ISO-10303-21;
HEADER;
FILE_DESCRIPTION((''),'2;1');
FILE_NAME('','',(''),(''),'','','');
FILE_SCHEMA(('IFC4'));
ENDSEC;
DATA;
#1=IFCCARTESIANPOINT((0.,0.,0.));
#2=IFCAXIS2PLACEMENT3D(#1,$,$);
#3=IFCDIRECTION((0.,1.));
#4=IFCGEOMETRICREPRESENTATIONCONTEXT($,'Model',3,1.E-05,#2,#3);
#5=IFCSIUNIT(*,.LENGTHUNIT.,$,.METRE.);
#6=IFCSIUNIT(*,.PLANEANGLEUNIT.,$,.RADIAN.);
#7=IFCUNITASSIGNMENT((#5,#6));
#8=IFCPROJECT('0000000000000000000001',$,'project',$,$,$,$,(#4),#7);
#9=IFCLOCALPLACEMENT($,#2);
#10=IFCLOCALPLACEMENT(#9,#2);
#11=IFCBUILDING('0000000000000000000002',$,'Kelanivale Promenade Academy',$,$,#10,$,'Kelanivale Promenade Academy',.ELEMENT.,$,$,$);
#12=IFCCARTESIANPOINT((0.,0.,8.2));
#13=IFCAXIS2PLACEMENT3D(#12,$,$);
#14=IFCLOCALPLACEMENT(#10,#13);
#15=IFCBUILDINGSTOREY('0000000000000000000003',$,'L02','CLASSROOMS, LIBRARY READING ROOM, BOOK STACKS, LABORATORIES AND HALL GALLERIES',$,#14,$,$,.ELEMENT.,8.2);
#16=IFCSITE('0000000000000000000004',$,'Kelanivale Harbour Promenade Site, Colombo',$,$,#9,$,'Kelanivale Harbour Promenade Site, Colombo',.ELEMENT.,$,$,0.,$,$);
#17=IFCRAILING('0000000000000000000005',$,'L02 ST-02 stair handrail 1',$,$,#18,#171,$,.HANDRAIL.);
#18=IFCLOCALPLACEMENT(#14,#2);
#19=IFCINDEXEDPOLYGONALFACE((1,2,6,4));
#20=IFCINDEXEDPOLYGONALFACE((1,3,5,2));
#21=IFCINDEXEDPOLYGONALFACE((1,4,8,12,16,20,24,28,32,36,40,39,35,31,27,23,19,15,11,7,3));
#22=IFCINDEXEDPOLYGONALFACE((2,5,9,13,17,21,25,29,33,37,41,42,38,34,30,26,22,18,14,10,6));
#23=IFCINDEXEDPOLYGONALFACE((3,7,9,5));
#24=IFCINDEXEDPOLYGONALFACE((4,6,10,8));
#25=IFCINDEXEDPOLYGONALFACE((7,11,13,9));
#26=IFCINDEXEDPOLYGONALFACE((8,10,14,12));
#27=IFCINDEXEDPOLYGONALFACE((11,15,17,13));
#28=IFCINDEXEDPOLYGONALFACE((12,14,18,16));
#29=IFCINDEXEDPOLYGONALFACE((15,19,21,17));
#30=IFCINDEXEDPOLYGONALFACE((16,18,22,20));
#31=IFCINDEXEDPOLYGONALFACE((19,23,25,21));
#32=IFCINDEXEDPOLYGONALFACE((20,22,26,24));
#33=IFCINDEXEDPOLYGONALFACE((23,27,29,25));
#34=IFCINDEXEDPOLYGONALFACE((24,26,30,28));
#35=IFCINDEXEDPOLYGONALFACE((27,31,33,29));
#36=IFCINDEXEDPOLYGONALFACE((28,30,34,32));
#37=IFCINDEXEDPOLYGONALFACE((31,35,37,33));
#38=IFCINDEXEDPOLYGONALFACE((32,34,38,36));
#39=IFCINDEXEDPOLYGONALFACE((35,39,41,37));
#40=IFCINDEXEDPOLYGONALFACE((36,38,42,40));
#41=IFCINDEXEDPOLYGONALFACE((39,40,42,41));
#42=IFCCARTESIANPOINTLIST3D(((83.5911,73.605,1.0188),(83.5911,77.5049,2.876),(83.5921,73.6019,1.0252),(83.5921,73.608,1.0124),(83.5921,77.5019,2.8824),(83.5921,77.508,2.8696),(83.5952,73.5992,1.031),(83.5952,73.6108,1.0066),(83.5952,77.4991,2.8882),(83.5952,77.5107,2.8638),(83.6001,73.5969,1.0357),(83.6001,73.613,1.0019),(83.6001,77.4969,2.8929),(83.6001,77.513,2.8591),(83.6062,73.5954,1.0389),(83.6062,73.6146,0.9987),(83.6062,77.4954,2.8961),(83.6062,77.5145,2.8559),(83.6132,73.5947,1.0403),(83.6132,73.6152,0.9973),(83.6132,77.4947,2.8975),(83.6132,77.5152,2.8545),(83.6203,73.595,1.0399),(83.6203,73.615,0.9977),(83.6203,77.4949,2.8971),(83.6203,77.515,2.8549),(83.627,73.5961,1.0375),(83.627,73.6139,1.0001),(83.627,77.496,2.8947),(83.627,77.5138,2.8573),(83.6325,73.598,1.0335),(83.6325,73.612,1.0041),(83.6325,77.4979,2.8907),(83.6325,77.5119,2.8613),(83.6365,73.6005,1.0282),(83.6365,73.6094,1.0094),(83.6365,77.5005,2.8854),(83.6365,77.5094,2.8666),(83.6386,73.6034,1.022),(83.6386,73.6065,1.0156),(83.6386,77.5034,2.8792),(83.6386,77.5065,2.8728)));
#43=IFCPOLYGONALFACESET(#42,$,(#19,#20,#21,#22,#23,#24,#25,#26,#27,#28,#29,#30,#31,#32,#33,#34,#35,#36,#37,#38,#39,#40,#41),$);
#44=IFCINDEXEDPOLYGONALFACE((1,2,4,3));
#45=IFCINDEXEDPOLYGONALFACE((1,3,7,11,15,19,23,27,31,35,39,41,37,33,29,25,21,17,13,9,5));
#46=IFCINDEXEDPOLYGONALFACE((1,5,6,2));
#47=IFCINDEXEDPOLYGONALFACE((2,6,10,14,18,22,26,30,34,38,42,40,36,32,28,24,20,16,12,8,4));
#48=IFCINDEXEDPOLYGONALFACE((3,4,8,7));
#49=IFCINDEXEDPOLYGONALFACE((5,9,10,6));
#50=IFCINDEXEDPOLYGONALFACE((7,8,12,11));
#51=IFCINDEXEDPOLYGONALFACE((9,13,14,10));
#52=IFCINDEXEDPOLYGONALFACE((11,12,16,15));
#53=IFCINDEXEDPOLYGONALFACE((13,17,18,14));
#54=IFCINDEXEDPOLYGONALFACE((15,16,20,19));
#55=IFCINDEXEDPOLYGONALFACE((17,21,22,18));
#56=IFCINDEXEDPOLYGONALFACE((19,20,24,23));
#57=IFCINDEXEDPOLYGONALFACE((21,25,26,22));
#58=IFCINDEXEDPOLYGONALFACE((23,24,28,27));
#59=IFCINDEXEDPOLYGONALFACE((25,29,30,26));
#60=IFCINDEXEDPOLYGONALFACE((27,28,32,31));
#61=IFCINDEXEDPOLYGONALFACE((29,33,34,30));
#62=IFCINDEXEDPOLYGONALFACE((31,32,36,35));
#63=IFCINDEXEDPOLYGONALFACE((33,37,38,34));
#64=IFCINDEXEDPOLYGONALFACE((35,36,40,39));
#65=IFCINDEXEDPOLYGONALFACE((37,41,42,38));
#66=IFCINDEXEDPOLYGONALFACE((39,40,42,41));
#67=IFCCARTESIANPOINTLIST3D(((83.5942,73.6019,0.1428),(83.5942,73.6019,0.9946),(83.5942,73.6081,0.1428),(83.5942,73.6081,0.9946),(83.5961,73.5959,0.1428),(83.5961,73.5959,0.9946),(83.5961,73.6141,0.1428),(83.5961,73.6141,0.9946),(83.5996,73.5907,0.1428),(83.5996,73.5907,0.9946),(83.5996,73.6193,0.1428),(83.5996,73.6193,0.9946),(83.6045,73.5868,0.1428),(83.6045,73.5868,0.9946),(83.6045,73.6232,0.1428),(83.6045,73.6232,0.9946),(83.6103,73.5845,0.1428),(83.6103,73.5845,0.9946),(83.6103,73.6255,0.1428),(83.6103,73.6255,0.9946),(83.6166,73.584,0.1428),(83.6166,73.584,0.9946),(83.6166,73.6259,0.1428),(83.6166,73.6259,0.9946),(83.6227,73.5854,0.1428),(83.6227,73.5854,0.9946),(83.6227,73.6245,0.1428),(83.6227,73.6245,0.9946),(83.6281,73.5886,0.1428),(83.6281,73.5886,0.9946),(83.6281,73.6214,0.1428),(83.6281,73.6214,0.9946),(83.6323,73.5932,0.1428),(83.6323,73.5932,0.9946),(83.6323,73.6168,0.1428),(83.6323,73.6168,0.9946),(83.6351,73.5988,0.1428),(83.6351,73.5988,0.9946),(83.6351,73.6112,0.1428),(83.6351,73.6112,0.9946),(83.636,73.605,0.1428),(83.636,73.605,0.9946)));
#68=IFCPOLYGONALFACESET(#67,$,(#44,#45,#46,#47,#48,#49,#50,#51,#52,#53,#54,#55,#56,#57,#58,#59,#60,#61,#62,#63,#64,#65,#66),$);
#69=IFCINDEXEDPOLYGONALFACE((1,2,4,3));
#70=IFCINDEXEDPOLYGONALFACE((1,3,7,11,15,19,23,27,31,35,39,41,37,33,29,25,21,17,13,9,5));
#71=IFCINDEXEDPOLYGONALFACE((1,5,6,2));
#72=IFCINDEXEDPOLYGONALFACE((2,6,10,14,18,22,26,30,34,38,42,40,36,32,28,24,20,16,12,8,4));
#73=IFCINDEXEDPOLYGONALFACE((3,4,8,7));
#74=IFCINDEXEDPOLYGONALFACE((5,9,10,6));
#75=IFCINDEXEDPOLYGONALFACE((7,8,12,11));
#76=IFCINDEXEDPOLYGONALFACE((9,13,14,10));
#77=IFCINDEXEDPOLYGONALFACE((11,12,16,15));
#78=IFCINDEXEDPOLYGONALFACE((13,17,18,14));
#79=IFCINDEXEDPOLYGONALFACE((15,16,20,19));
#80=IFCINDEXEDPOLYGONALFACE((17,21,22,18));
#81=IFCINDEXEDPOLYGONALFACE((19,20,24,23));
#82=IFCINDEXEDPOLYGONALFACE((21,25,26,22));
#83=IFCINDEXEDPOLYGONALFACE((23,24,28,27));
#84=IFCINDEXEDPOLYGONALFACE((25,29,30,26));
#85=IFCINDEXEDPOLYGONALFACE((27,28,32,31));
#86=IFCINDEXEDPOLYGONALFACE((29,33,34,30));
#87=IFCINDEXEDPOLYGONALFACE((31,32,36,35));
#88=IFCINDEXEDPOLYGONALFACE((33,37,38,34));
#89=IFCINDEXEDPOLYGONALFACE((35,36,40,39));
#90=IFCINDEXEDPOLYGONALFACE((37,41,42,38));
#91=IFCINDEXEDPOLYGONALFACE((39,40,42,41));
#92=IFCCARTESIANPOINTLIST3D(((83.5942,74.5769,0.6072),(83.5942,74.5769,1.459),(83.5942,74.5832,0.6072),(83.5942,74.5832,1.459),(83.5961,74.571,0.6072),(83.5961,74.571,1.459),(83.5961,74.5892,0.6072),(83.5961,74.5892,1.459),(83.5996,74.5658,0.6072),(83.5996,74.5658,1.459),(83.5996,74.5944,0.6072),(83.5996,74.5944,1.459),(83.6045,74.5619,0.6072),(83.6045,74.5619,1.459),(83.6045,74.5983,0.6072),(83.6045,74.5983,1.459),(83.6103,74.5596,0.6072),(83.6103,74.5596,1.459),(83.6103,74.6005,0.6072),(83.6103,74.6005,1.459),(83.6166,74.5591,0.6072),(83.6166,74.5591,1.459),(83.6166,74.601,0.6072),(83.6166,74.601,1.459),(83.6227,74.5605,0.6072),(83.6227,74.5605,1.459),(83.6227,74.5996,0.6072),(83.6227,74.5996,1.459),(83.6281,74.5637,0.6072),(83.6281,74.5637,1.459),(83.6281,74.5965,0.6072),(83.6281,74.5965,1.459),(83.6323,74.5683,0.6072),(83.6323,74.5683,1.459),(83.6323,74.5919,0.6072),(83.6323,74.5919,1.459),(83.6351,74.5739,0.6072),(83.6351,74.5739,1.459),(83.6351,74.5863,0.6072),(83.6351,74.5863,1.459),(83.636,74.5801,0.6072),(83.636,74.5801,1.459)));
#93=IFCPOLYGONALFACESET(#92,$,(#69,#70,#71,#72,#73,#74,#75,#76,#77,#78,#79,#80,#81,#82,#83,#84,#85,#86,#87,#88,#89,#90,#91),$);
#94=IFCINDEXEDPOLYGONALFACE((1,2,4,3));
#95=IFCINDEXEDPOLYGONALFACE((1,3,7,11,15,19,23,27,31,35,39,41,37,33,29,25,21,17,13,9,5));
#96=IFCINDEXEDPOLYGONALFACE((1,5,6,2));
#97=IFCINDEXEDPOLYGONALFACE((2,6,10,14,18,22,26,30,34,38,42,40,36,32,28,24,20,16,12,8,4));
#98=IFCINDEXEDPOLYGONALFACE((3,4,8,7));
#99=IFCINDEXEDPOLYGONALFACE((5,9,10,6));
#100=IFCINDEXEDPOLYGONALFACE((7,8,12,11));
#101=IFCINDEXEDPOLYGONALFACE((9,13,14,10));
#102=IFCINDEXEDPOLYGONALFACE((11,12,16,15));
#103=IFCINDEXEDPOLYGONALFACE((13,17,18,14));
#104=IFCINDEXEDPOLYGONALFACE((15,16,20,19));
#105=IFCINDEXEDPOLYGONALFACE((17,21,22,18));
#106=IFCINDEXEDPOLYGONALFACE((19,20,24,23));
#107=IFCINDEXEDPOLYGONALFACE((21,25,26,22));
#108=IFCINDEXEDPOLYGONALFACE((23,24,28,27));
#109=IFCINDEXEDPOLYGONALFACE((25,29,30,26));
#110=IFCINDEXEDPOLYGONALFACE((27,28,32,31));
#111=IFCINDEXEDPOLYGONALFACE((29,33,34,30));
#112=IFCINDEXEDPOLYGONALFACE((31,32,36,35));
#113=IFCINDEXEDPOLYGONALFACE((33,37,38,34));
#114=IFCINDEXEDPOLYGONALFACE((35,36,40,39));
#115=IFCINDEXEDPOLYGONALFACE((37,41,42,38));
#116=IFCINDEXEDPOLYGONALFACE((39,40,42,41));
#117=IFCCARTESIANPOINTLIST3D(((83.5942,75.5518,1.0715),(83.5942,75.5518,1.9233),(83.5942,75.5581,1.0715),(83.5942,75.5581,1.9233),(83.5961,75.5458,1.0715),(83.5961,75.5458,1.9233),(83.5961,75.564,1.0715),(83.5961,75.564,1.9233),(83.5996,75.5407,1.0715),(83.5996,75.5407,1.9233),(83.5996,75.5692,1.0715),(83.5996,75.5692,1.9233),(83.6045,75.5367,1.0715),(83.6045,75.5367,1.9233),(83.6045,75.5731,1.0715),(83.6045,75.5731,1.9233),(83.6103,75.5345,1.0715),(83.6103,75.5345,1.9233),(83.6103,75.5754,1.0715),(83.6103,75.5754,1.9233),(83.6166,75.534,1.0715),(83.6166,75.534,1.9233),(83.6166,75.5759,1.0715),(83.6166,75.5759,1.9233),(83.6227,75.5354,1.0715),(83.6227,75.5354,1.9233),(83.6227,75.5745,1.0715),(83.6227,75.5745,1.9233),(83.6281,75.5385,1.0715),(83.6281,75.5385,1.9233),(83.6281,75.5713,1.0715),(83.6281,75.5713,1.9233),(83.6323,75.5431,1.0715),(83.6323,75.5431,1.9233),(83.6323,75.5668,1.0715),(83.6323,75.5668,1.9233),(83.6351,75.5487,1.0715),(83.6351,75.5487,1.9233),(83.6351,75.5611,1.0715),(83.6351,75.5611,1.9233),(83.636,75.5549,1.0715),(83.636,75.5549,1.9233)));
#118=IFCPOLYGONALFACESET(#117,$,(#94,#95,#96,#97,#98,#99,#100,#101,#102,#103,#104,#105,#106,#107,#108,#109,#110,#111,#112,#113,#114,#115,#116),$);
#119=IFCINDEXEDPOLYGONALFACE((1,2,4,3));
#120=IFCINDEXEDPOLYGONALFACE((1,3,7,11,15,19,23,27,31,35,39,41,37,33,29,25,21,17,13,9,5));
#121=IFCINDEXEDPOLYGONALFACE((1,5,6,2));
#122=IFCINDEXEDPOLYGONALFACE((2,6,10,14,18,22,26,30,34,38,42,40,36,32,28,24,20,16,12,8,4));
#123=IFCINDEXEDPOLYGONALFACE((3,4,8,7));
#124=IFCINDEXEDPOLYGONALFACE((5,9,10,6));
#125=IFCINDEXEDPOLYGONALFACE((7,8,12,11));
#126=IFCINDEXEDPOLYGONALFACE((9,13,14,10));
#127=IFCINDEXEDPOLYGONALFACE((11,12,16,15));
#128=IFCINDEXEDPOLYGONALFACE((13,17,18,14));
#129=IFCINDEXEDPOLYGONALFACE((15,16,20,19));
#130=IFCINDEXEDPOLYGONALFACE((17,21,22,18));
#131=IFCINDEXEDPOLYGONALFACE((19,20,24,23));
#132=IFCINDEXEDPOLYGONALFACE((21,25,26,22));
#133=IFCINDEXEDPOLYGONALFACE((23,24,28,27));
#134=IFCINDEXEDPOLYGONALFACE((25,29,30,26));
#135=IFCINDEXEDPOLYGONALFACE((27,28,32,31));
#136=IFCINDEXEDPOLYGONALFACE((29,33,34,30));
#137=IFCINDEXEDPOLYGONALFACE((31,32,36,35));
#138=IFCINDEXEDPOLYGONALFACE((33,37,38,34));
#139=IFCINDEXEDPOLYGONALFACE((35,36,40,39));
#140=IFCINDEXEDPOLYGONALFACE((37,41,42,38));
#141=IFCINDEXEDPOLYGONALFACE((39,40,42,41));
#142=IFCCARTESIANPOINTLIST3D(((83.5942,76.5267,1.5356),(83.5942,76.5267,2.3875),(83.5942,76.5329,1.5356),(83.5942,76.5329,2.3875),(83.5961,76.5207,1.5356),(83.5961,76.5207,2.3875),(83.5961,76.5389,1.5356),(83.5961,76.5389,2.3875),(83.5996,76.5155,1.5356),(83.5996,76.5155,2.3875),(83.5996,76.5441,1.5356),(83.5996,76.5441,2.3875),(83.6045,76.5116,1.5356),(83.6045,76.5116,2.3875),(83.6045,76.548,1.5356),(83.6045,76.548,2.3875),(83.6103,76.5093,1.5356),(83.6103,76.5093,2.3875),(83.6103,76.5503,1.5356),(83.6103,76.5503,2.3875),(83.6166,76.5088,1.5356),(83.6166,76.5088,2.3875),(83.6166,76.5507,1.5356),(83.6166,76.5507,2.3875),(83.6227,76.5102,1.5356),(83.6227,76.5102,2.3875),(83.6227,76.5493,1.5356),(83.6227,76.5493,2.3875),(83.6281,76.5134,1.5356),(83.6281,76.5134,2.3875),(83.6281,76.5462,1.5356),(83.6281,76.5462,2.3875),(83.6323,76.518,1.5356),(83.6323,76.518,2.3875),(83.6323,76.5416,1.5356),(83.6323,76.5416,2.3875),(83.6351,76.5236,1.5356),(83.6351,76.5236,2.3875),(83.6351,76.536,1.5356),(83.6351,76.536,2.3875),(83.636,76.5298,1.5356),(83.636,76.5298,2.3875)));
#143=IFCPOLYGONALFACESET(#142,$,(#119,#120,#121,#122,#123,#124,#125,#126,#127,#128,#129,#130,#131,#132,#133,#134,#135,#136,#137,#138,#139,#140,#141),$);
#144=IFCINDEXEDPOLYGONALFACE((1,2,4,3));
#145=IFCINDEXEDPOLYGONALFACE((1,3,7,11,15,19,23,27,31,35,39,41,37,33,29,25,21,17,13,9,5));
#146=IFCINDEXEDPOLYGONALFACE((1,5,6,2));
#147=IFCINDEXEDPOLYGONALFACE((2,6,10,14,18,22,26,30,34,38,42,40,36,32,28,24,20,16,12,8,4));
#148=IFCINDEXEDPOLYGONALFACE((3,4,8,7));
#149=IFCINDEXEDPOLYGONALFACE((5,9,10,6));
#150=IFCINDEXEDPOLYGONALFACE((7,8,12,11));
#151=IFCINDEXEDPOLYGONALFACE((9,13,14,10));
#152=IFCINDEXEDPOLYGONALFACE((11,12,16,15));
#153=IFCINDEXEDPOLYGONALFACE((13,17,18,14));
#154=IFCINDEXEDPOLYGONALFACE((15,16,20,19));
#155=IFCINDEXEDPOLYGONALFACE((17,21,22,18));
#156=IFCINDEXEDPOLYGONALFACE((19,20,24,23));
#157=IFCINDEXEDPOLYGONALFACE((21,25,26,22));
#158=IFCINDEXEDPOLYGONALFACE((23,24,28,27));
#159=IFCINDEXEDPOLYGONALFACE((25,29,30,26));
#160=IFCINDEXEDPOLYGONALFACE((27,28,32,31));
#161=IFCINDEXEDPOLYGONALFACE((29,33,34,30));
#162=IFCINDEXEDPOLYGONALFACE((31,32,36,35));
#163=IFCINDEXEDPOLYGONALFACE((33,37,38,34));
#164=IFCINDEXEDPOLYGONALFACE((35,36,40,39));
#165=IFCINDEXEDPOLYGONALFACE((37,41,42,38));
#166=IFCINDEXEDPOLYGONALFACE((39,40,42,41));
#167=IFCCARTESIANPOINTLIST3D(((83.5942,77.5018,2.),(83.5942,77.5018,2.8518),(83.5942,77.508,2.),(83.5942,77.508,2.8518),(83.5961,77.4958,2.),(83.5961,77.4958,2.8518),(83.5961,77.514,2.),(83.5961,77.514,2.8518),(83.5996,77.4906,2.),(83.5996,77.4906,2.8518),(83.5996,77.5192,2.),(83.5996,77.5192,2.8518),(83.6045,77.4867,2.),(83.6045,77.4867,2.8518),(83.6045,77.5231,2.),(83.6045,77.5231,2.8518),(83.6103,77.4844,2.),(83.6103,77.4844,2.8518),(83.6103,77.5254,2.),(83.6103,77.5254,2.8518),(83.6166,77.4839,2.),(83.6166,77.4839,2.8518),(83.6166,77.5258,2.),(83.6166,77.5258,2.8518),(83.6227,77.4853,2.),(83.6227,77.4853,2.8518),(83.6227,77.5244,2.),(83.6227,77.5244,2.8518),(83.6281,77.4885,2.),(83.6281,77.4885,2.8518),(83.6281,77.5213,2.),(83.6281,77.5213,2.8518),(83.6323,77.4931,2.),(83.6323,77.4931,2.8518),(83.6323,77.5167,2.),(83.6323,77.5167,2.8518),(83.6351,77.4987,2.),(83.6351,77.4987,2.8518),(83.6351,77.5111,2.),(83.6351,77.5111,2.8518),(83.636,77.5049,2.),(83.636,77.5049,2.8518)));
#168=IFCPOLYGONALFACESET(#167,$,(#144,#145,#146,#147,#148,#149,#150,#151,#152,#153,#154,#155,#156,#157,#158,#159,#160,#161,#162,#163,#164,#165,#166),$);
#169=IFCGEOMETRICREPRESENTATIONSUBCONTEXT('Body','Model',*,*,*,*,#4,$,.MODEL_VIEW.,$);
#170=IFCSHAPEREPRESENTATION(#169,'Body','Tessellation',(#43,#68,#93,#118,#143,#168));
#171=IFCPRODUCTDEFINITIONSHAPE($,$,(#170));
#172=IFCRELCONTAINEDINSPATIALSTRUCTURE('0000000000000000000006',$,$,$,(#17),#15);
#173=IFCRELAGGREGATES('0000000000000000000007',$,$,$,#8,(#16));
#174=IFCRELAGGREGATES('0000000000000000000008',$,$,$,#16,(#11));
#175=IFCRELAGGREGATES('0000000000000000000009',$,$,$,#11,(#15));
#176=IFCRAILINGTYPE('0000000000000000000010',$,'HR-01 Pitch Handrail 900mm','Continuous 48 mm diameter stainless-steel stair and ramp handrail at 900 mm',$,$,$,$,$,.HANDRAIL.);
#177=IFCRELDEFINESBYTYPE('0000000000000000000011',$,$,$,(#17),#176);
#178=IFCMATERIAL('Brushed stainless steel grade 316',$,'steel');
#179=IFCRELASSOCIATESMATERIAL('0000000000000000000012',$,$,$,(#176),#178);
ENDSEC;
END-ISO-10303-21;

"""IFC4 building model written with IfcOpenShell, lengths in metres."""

from ifc_helpers import new_model, si_unit, direction, frame, origin, origin_2d, place, context, subcontext, project, spatial, circle, extrude, material, type_object, element, save


model = new_model("IFC4")

# Units and contexts
model_context = context("Model", 3, precision=1e-05, world=origin(), true_north=direction((0.0, 1.0)))
body_context = subcontext(model_context, "Body", "Model", "MODEL_VIEW")
ifc_project = project(units=[si_unit("LENGTHUNIT", "METRE"), si_unit("PLANEANGLEUNIT", "RADIAN")], contexts=[model_context])

# Site, building, storey
site_placement = place(None, origin())
site = spatial("IfcSite", under=ifc_project, at=site_placement, Name="Kelanivale Harbour Promenade Site, Colombo", LongName="Kelanivale Harbour Promenade Site, Colombo", CompositionType="ELEMENT", RefElevation=0.0)
building_placement = place(site_placement, origin())
building = spatial("IfcBuilding", under=site, at=building_placement, Name="Kelanivale Promenade Academy", LongName="Kelanivale Promenade Academy", CompositionType="ELEMENT")
storey_placement = place(building_placement, frame((0.0, 0.0, 8.2)))
storey = spatial("IfcBuildingStorey", under=building, at=storey_placement, Name="L02", Description="CLASSROOMS, LIBRARY READING ROOM, BOOK STACKS, LABORATORIES AND HALL GALLERIES", CompositionType="ELEMENT", Elevation=8.2)

# Railing
ifc_material_1 = material(Name="Brushed stainless steel grade 316", Category="steel")
railing_type_1 = type_object("IfcRailingType", Name="HR-01 Pitch Handrail 900mm", Description="Continuous 48 mm diameter stainless-steel stair and ramp handrail at 900 mm", PredefinedType="HANDRAIL", material=ifc_material_1)
railing_1_placement = place(storey_placement, frame((83.615, 73.605, 0.1428)))
element("IfcRailing", 1, at=railing_1_placement, inside=storey, type_object=railing_type_1, Name="L02 ST-02 stair handrail 1", PredefinedType="HANDRAIL", context=body_context, shape_type="SweptSolid", body=[
    extrude(circle(Radius=0.0239, at=origin_2d()), frame((0.0, 0.0, 0.876), z_axis=(0.0, 0.902853, 0.429949), x_axis=(-1.0, 0.0, 0.0)), (0.0, 0.0, 1.0), 4.3196),
    extrude(circle(Radius=0.021, at=origin_2d()), origin(), (0.0, 0.0, 1.0), 0.8518),
    extrude(circle(Radius=0.021, at=origin_2d()), frame((0.0, 0.9751, 0.4644)), (0.0, 0.0, 1.0), 0.8518),
    extrude(circle(Radius=0.021, at=origin_2d()), frame((0.0, 1.95, 0.9287)), (0.0, 0.0, 1.0), 0.8518),
    extrude(circle(Radius=0.021, at=origin_2d()), frame((0.0, 2.9248, 1.3928)), (0.0, 0.0, 1.0), 0.8518),
    extrude(circle(Radius=0.021, at=origin_2d()), frame((0.0, 3.8999, 1.8572)), (0.0, 0.0, 1.0), 0.8518),
])

save(model, "model.ifc")
